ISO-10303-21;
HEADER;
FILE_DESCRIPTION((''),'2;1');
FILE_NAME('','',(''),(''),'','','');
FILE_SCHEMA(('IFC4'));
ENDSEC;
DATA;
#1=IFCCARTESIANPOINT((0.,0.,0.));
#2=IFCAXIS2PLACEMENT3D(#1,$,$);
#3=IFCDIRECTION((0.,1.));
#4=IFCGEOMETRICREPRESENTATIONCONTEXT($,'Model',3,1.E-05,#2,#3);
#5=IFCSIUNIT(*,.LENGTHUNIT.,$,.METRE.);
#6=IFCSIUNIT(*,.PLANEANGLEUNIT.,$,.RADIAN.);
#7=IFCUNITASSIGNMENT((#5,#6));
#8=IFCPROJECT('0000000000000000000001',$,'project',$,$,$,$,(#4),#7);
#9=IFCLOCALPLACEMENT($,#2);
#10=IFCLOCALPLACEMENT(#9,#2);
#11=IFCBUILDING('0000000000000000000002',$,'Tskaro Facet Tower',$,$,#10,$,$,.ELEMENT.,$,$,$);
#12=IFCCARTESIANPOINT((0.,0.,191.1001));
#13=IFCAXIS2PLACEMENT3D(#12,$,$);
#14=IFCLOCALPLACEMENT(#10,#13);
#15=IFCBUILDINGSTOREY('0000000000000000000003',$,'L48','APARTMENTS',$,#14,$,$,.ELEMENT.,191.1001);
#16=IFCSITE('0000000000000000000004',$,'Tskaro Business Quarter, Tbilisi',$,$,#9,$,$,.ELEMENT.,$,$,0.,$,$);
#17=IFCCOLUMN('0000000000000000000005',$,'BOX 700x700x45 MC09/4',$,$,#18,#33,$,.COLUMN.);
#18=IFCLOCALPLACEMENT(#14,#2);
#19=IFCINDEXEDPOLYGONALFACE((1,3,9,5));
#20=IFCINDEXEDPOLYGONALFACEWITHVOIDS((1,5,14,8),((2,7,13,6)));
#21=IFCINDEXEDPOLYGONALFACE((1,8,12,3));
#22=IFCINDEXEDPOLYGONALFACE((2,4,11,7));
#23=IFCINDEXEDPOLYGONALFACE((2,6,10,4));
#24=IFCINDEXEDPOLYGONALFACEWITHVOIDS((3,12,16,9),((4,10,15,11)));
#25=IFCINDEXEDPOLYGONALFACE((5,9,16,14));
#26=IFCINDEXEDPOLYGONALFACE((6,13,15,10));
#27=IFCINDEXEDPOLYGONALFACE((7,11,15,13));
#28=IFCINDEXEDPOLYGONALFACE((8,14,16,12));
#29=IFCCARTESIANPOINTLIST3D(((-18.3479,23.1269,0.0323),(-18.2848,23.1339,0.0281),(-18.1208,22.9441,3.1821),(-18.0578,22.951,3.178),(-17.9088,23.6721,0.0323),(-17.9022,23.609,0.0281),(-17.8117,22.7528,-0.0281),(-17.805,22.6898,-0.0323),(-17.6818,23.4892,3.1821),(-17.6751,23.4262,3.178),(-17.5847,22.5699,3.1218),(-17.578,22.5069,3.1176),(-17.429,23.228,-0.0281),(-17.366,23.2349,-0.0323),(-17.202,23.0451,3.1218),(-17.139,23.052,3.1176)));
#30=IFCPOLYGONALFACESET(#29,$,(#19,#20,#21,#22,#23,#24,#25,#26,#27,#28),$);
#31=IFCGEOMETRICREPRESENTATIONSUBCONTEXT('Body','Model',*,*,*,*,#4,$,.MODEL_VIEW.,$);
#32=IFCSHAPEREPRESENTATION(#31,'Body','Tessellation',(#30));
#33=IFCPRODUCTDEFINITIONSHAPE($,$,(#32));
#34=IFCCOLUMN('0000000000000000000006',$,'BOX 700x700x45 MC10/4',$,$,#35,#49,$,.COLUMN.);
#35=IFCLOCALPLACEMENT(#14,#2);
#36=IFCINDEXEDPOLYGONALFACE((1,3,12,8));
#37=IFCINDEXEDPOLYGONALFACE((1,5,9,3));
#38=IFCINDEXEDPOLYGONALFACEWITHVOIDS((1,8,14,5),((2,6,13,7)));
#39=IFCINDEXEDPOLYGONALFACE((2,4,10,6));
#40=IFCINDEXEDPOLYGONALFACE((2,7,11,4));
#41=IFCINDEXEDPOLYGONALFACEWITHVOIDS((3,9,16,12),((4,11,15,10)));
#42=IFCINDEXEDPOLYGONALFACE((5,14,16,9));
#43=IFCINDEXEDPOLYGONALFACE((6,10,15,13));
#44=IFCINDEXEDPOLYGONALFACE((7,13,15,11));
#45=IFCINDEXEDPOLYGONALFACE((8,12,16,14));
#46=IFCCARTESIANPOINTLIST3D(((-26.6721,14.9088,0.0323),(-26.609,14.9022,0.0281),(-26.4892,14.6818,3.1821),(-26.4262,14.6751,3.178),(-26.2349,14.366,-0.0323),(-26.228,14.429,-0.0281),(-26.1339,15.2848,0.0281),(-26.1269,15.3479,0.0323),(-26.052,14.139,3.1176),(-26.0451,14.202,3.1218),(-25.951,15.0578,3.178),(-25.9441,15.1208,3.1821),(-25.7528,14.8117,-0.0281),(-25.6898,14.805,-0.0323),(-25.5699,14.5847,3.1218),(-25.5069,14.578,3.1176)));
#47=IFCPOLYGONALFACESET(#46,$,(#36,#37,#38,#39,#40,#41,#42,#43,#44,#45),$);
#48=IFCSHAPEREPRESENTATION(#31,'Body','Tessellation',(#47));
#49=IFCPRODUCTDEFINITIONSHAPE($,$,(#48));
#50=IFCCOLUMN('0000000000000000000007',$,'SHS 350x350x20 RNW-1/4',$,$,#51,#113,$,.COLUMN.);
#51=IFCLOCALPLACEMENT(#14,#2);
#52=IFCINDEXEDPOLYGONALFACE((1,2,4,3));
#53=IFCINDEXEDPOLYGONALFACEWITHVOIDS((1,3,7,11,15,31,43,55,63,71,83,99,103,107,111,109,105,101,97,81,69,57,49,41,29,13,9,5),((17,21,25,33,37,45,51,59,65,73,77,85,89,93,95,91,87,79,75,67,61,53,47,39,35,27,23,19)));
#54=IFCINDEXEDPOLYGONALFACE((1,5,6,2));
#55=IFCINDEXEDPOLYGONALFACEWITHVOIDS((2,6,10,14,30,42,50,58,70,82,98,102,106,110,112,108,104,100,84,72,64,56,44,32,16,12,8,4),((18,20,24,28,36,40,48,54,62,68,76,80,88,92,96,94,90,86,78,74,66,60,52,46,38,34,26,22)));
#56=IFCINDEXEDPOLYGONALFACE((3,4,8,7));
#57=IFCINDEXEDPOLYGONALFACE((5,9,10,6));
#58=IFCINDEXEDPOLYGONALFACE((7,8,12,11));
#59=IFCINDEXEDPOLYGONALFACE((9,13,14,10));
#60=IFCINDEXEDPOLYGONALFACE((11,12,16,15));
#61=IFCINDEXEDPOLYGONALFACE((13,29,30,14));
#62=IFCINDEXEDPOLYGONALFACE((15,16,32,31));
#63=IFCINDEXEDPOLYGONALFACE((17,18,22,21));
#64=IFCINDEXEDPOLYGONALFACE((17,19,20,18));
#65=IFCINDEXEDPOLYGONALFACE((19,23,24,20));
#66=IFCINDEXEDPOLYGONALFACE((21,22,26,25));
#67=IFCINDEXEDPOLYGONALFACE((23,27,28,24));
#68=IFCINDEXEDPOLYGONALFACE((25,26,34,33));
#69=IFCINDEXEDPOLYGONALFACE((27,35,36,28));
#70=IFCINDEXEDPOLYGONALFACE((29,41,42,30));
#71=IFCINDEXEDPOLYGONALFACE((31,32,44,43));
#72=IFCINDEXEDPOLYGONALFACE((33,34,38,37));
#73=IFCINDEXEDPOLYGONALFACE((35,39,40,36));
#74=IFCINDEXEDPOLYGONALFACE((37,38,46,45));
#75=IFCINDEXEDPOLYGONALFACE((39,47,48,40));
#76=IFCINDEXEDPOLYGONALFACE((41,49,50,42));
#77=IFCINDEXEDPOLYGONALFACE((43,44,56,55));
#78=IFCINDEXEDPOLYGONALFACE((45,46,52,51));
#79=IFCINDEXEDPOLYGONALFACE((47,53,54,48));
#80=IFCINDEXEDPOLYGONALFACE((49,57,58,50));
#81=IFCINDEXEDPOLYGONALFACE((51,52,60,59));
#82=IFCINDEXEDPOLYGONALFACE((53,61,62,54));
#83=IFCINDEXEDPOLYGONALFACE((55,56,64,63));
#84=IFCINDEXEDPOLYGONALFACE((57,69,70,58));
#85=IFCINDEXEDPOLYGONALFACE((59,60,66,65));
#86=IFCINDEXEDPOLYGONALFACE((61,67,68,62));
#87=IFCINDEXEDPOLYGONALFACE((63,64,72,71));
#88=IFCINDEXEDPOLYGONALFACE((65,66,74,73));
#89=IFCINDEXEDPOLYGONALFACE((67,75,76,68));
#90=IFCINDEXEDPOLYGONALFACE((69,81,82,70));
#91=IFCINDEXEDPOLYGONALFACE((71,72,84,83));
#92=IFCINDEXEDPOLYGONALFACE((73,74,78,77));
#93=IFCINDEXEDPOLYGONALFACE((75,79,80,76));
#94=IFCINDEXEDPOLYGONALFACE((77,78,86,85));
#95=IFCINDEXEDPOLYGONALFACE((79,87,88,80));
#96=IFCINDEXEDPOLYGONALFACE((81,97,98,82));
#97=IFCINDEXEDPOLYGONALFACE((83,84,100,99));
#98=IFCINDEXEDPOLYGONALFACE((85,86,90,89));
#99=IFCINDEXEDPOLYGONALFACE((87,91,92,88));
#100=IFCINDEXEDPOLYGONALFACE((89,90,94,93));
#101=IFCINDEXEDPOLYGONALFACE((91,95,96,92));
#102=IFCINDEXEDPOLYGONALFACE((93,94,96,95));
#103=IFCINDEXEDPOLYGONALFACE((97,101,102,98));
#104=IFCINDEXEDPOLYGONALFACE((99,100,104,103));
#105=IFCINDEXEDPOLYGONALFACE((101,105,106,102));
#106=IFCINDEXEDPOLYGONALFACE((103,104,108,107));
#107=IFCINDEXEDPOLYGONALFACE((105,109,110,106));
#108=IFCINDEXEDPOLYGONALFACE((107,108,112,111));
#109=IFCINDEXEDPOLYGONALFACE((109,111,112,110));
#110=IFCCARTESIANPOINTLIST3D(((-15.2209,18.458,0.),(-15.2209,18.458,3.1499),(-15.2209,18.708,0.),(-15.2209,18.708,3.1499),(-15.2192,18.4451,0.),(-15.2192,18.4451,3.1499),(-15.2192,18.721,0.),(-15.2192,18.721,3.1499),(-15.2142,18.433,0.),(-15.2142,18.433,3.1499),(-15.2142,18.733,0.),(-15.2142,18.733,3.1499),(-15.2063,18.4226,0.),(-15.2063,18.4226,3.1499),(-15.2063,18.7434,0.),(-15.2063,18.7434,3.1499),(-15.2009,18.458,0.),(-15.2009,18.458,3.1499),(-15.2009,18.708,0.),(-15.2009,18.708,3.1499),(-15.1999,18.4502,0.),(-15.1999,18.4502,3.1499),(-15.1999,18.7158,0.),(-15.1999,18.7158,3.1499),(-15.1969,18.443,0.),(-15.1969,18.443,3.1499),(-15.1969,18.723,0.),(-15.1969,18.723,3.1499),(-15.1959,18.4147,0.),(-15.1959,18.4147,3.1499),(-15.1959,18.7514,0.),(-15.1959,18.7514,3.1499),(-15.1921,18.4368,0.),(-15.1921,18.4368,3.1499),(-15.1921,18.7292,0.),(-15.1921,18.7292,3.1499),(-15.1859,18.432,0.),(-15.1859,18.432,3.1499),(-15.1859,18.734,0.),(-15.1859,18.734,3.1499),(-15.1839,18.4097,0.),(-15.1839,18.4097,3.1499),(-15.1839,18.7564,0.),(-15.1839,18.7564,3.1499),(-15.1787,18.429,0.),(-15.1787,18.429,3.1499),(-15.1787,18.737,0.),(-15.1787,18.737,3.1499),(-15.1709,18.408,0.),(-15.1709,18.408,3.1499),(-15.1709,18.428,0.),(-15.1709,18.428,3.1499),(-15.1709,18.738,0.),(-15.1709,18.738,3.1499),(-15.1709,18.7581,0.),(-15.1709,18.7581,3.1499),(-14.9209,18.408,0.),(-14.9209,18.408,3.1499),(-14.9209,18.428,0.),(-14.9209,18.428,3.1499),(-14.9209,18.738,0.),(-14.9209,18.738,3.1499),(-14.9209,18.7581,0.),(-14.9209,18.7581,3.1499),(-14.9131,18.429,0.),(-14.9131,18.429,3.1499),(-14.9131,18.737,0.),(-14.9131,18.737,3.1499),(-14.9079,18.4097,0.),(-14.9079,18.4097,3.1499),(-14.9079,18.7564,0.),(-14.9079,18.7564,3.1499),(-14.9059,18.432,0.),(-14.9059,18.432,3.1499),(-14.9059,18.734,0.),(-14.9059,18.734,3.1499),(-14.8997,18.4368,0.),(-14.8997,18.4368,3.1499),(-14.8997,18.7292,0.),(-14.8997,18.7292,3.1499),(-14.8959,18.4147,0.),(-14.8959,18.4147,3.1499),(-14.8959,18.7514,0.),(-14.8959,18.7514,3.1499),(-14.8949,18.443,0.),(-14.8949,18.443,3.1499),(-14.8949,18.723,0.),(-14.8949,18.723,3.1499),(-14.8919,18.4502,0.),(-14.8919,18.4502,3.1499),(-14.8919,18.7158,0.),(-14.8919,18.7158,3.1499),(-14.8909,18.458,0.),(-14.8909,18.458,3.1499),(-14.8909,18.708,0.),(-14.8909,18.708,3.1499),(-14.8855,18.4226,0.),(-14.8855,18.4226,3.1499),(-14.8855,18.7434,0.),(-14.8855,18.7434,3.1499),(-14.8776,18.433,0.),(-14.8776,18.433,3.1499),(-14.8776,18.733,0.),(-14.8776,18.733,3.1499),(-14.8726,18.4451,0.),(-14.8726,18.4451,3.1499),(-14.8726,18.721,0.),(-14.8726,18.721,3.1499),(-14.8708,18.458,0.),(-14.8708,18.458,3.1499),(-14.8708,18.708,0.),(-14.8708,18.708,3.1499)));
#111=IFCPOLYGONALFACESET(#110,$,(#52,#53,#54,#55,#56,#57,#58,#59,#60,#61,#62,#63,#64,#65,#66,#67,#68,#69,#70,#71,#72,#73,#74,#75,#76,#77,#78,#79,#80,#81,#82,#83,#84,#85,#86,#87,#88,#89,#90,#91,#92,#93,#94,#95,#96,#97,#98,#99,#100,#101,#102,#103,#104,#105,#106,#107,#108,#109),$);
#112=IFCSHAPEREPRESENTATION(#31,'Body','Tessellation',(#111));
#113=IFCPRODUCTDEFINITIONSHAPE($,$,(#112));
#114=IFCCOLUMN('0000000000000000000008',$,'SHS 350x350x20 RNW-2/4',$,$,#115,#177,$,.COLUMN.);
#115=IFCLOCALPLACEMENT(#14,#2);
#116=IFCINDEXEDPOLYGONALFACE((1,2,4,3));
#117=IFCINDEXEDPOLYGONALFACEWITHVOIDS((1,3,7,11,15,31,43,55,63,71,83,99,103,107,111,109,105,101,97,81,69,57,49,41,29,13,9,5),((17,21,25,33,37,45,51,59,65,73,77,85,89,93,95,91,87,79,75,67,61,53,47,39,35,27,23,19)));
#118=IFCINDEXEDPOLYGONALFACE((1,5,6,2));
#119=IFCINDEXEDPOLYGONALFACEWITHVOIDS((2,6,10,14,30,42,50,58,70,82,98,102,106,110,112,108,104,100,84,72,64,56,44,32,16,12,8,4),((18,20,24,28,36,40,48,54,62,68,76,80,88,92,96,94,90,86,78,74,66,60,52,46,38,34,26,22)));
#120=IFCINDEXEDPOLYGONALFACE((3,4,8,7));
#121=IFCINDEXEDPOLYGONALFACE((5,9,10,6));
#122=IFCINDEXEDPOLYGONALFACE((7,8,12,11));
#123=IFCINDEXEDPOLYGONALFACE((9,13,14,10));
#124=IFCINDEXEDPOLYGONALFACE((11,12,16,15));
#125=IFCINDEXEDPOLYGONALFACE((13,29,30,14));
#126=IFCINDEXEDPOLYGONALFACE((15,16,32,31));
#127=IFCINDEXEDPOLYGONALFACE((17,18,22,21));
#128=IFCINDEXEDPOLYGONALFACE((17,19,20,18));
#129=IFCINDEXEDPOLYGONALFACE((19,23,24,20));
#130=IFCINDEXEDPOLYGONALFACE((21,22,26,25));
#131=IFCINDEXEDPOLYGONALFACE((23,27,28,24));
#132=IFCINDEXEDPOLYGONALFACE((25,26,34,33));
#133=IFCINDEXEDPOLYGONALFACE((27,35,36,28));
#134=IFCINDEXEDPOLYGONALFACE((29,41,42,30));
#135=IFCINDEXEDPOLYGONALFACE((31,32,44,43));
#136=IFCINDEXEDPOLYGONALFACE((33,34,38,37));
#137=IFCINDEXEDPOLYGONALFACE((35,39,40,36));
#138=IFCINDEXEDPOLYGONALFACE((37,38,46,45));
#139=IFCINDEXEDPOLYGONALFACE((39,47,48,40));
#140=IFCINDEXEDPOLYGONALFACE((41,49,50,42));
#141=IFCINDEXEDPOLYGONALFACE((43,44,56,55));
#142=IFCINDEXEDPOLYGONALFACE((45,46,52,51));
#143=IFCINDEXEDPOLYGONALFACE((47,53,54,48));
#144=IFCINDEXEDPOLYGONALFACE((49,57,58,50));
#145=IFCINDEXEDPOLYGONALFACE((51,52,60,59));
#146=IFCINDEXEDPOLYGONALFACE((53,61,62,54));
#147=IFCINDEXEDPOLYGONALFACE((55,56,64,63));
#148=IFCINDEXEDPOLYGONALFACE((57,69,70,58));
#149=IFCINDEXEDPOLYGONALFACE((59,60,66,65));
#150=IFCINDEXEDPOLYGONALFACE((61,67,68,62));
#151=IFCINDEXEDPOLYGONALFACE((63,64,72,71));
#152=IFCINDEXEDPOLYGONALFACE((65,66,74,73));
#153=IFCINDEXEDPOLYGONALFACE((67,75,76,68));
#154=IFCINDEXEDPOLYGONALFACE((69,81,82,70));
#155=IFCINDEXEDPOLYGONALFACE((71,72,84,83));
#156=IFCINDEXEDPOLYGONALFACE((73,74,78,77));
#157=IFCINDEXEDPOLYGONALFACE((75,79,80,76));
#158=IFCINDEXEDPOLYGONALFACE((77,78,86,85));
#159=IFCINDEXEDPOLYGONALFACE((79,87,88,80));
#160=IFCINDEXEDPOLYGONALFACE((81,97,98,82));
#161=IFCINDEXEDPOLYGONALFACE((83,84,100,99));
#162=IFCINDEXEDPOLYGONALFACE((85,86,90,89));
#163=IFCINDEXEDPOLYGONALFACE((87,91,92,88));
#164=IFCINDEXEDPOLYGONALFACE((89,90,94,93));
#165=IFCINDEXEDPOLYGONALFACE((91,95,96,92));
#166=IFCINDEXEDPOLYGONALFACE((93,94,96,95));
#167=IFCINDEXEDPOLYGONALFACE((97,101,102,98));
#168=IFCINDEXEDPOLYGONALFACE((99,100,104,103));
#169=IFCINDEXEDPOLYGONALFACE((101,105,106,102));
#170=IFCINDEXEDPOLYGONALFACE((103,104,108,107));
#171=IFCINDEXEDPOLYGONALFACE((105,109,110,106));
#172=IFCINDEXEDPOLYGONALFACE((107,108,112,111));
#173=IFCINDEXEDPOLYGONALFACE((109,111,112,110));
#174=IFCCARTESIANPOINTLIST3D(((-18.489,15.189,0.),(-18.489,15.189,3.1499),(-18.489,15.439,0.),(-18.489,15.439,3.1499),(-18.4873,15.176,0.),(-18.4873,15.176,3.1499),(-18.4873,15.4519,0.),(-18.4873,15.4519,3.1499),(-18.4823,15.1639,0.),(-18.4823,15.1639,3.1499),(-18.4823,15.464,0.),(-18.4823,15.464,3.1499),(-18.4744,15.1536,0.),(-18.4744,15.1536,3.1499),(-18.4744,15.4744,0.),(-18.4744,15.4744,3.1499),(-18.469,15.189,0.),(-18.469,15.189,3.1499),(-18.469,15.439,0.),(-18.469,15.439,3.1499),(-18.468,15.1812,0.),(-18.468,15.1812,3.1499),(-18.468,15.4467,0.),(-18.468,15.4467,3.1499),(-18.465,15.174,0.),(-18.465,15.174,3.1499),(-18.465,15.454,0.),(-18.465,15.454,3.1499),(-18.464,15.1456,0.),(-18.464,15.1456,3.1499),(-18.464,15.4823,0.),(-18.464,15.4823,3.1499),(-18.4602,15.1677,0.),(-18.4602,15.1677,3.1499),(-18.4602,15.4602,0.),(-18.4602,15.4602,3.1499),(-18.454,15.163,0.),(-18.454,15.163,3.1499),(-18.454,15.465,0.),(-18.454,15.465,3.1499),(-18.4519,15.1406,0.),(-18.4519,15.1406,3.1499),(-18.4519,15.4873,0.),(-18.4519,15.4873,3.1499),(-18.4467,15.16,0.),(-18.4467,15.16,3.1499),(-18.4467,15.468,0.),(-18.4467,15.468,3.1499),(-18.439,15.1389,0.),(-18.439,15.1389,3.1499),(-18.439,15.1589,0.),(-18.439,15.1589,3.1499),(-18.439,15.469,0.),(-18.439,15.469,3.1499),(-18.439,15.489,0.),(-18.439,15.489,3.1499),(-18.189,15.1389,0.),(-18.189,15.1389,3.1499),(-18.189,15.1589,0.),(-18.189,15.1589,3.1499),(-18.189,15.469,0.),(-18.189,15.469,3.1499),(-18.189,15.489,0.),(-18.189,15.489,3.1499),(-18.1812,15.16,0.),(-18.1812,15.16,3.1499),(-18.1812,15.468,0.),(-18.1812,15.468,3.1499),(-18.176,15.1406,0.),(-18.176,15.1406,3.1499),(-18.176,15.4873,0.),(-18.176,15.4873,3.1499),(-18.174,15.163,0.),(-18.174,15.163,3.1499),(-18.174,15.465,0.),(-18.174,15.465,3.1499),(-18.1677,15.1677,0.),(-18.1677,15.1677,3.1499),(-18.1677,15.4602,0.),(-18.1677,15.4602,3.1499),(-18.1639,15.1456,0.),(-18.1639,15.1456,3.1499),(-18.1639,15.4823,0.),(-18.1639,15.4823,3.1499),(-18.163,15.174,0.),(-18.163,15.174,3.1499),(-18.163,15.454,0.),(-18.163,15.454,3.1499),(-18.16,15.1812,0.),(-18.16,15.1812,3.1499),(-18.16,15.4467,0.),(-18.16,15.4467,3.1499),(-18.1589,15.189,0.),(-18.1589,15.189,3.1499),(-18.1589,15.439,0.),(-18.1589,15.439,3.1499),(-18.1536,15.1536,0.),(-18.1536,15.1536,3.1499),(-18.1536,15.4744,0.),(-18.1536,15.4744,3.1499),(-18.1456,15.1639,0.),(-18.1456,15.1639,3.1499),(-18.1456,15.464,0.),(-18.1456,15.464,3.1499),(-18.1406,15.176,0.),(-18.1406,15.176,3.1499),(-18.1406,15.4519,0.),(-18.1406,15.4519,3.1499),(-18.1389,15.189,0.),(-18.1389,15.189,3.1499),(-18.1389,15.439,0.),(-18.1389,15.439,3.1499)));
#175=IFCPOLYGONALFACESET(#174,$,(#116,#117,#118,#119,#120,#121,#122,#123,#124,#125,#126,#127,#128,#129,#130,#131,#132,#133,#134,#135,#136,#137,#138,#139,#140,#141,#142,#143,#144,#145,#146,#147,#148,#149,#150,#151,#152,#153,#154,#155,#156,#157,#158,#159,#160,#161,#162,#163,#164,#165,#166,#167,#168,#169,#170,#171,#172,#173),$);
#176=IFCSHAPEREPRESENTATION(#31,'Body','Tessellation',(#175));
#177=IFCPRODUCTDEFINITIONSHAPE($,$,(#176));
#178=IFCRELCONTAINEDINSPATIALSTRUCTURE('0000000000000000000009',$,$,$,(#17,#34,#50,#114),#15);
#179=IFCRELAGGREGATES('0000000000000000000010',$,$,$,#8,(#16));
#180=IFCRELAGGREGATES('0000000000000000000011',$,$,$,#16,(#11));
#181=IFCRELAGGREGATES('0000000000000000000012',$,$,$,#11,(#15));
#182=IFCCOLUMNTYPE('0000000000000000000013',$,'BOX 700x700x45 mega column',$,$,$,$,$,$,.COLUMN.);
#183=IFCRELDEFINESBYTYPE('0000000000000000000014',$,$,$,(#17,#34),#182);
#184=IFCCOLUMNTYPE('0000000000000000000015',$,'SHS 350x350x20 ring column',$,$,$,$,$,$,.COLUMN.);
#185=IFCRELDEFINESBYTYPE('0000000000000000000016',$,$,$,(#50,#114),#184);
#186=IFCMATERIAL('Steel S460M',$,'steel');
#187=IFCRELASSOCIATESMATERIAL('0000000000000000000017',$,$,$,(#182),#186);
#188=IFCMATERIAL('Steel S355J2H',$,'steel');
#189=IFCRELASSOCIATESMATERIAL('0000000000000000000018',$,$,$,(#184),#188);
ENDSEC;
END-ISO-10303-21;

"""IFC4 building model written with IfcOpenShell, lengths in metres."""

from ifc_helpers import new_model, si_unit, direction, frame, origin, origin_2d, place, context, subcontext, project, spatial, hollow_rectangle, extrude, material, material_profile, profile_set, type_object, element, save


model = new_model("IFC4")

# Units and contexts
model_context = context("Model", 3, precision=1e-05, world=origin(), true_north=direction((0.0, 1.0)))
body_context = subcontext(model_context, "Body", "Model", "MODEL_VIEW")
ifc_project = project(units=[si_unit("LENGTHUNIT", "METRE"), si_unit("PLANEANGLEUNIT", "RADIAN")], contexts=[model_context])

# Site, building, storey
site_placement = place(None, origin())
site = spatial("IfcSite", under=ifc_project, at=site_placement, Name="Tskaro Business Quarter, Tbilisi", CompositionType="ELEMENT", RefElevation=0.0)
building_placement = place(site_placement, origin())
building = spatial("IfcBuilding", under=site, at=building_placement, Name="Tskaro Facet Tower", CompositionType="ELEMENT")
storey_placement = place(building_placement, frame((0.0, 0.0, 191.1001)))
storey = spatial("IfcBuildingStorey", under=building, at=storey_placement, Name="L48", Description="APARTMENTS", CompositionType="ELEMENT", Elevation=191.1001)

# Columns
ifc_material_1 = material(Name="Steel S460M", Category="steel")
ifc_material_profile_1 = material_profile(ifc_material_1, hollow_rectangle(XDim=0.7, YDim=0.7, WallThickness=0.0449, at=origin_2d()), Name="BOX 700x700x45")
ifc_profile_set_1 = profile_set([ifc_material_profile_1], Name="Steel S460M")
column_type_1 = type_object("IfcColumnType", Name="BOX 700x700x45 mega column", PredefinedType="COLUMN", material=ifc_profile_set_1)
for number, where, z_axis, x_axis, name in (
    (1, (-17.8569, 23.1809, 0.0), (0.071775, -0.057806, 0.995744), (0.627245, 0.778822, 0.0), "BOX 700x700x45 MC09/4"),
    (2, (-26.1809, 14.8569, 0.0), (0.057806, -0.071775, 0.995744), (0.778822, 0.627245, 0.0), "BOX 700x700x45 MC10/4"),
):
    element("IfcColumn", number, at=place(storey_placement, frame(where, z_axis=z_axis, x_axis=x_axis)), inside=storey, type_object=column_type_1, Name=name, PredefinedType="COLUMN", context=body_context, shape_type="SweptSolid", body=[
        extrude(hollow_rectangle(XDim=0.7, YDim=0.7, WallThickness=0.0449, at=origin_2d()), origin(), (0.0, 0.0, 1.0), 3.1633),
    ])
ifc_material_2 = material(Name="Steel S355J2H", Category="steel")
ifc_material_profile_2 = material_profile(ifc_material_2, hollow_rectangle(XDim=0.3501, YDim=0.3501, WallThickness=0.02, InnerFilletRadius=0.03, OuterFilletRadius=0.05, at=origin_2d()), Name="SHS 350x350x20")
ifc_profile_set_2 = profile_set([ifc_material_profile_2], Name="Steel S355J2H")
column_type_2 = type_object("IfcColumnType", Name="SHS 350x350x20 ring column", PredefinedType="COLUMN", material=ifc_profile_set_2)
for number, where, z_axis, x_axis, name in (
    (3, (-15.0459, 18.583, 0.0), (0.0, 0.0, 1.0), (1.0, 0.0, 0.0), "SHS 350x350x20 RNW-1/4"),
    (4, (-18.314, 15.314, 0.0), (0.0, 0.0, 1.0), (1.0, 0.0, 0.0), "SHS 350x350x20 RNW-2/4"),
):
    element("IfcColumn", number, at=place(storey_placement, frame(where, z_axis=z_axis, x_axis=x_axis)), inside=storey, type_object=column_type_2, Name=name, PredefinedType="COLUMN", context=body_context, shape_type="SweptSolid", body=[
        extrude(hollow_rectangle(XDim=0.3501, YDim=0.3501, WallThickness=0.02, InnerFilletRadius=0.03, OuterFilletRadius=0.05, at=origin_2d()), origin(), (0.0, 0.0, 1.0), 3.1499),
    ])

save(model, "model.ifc")
